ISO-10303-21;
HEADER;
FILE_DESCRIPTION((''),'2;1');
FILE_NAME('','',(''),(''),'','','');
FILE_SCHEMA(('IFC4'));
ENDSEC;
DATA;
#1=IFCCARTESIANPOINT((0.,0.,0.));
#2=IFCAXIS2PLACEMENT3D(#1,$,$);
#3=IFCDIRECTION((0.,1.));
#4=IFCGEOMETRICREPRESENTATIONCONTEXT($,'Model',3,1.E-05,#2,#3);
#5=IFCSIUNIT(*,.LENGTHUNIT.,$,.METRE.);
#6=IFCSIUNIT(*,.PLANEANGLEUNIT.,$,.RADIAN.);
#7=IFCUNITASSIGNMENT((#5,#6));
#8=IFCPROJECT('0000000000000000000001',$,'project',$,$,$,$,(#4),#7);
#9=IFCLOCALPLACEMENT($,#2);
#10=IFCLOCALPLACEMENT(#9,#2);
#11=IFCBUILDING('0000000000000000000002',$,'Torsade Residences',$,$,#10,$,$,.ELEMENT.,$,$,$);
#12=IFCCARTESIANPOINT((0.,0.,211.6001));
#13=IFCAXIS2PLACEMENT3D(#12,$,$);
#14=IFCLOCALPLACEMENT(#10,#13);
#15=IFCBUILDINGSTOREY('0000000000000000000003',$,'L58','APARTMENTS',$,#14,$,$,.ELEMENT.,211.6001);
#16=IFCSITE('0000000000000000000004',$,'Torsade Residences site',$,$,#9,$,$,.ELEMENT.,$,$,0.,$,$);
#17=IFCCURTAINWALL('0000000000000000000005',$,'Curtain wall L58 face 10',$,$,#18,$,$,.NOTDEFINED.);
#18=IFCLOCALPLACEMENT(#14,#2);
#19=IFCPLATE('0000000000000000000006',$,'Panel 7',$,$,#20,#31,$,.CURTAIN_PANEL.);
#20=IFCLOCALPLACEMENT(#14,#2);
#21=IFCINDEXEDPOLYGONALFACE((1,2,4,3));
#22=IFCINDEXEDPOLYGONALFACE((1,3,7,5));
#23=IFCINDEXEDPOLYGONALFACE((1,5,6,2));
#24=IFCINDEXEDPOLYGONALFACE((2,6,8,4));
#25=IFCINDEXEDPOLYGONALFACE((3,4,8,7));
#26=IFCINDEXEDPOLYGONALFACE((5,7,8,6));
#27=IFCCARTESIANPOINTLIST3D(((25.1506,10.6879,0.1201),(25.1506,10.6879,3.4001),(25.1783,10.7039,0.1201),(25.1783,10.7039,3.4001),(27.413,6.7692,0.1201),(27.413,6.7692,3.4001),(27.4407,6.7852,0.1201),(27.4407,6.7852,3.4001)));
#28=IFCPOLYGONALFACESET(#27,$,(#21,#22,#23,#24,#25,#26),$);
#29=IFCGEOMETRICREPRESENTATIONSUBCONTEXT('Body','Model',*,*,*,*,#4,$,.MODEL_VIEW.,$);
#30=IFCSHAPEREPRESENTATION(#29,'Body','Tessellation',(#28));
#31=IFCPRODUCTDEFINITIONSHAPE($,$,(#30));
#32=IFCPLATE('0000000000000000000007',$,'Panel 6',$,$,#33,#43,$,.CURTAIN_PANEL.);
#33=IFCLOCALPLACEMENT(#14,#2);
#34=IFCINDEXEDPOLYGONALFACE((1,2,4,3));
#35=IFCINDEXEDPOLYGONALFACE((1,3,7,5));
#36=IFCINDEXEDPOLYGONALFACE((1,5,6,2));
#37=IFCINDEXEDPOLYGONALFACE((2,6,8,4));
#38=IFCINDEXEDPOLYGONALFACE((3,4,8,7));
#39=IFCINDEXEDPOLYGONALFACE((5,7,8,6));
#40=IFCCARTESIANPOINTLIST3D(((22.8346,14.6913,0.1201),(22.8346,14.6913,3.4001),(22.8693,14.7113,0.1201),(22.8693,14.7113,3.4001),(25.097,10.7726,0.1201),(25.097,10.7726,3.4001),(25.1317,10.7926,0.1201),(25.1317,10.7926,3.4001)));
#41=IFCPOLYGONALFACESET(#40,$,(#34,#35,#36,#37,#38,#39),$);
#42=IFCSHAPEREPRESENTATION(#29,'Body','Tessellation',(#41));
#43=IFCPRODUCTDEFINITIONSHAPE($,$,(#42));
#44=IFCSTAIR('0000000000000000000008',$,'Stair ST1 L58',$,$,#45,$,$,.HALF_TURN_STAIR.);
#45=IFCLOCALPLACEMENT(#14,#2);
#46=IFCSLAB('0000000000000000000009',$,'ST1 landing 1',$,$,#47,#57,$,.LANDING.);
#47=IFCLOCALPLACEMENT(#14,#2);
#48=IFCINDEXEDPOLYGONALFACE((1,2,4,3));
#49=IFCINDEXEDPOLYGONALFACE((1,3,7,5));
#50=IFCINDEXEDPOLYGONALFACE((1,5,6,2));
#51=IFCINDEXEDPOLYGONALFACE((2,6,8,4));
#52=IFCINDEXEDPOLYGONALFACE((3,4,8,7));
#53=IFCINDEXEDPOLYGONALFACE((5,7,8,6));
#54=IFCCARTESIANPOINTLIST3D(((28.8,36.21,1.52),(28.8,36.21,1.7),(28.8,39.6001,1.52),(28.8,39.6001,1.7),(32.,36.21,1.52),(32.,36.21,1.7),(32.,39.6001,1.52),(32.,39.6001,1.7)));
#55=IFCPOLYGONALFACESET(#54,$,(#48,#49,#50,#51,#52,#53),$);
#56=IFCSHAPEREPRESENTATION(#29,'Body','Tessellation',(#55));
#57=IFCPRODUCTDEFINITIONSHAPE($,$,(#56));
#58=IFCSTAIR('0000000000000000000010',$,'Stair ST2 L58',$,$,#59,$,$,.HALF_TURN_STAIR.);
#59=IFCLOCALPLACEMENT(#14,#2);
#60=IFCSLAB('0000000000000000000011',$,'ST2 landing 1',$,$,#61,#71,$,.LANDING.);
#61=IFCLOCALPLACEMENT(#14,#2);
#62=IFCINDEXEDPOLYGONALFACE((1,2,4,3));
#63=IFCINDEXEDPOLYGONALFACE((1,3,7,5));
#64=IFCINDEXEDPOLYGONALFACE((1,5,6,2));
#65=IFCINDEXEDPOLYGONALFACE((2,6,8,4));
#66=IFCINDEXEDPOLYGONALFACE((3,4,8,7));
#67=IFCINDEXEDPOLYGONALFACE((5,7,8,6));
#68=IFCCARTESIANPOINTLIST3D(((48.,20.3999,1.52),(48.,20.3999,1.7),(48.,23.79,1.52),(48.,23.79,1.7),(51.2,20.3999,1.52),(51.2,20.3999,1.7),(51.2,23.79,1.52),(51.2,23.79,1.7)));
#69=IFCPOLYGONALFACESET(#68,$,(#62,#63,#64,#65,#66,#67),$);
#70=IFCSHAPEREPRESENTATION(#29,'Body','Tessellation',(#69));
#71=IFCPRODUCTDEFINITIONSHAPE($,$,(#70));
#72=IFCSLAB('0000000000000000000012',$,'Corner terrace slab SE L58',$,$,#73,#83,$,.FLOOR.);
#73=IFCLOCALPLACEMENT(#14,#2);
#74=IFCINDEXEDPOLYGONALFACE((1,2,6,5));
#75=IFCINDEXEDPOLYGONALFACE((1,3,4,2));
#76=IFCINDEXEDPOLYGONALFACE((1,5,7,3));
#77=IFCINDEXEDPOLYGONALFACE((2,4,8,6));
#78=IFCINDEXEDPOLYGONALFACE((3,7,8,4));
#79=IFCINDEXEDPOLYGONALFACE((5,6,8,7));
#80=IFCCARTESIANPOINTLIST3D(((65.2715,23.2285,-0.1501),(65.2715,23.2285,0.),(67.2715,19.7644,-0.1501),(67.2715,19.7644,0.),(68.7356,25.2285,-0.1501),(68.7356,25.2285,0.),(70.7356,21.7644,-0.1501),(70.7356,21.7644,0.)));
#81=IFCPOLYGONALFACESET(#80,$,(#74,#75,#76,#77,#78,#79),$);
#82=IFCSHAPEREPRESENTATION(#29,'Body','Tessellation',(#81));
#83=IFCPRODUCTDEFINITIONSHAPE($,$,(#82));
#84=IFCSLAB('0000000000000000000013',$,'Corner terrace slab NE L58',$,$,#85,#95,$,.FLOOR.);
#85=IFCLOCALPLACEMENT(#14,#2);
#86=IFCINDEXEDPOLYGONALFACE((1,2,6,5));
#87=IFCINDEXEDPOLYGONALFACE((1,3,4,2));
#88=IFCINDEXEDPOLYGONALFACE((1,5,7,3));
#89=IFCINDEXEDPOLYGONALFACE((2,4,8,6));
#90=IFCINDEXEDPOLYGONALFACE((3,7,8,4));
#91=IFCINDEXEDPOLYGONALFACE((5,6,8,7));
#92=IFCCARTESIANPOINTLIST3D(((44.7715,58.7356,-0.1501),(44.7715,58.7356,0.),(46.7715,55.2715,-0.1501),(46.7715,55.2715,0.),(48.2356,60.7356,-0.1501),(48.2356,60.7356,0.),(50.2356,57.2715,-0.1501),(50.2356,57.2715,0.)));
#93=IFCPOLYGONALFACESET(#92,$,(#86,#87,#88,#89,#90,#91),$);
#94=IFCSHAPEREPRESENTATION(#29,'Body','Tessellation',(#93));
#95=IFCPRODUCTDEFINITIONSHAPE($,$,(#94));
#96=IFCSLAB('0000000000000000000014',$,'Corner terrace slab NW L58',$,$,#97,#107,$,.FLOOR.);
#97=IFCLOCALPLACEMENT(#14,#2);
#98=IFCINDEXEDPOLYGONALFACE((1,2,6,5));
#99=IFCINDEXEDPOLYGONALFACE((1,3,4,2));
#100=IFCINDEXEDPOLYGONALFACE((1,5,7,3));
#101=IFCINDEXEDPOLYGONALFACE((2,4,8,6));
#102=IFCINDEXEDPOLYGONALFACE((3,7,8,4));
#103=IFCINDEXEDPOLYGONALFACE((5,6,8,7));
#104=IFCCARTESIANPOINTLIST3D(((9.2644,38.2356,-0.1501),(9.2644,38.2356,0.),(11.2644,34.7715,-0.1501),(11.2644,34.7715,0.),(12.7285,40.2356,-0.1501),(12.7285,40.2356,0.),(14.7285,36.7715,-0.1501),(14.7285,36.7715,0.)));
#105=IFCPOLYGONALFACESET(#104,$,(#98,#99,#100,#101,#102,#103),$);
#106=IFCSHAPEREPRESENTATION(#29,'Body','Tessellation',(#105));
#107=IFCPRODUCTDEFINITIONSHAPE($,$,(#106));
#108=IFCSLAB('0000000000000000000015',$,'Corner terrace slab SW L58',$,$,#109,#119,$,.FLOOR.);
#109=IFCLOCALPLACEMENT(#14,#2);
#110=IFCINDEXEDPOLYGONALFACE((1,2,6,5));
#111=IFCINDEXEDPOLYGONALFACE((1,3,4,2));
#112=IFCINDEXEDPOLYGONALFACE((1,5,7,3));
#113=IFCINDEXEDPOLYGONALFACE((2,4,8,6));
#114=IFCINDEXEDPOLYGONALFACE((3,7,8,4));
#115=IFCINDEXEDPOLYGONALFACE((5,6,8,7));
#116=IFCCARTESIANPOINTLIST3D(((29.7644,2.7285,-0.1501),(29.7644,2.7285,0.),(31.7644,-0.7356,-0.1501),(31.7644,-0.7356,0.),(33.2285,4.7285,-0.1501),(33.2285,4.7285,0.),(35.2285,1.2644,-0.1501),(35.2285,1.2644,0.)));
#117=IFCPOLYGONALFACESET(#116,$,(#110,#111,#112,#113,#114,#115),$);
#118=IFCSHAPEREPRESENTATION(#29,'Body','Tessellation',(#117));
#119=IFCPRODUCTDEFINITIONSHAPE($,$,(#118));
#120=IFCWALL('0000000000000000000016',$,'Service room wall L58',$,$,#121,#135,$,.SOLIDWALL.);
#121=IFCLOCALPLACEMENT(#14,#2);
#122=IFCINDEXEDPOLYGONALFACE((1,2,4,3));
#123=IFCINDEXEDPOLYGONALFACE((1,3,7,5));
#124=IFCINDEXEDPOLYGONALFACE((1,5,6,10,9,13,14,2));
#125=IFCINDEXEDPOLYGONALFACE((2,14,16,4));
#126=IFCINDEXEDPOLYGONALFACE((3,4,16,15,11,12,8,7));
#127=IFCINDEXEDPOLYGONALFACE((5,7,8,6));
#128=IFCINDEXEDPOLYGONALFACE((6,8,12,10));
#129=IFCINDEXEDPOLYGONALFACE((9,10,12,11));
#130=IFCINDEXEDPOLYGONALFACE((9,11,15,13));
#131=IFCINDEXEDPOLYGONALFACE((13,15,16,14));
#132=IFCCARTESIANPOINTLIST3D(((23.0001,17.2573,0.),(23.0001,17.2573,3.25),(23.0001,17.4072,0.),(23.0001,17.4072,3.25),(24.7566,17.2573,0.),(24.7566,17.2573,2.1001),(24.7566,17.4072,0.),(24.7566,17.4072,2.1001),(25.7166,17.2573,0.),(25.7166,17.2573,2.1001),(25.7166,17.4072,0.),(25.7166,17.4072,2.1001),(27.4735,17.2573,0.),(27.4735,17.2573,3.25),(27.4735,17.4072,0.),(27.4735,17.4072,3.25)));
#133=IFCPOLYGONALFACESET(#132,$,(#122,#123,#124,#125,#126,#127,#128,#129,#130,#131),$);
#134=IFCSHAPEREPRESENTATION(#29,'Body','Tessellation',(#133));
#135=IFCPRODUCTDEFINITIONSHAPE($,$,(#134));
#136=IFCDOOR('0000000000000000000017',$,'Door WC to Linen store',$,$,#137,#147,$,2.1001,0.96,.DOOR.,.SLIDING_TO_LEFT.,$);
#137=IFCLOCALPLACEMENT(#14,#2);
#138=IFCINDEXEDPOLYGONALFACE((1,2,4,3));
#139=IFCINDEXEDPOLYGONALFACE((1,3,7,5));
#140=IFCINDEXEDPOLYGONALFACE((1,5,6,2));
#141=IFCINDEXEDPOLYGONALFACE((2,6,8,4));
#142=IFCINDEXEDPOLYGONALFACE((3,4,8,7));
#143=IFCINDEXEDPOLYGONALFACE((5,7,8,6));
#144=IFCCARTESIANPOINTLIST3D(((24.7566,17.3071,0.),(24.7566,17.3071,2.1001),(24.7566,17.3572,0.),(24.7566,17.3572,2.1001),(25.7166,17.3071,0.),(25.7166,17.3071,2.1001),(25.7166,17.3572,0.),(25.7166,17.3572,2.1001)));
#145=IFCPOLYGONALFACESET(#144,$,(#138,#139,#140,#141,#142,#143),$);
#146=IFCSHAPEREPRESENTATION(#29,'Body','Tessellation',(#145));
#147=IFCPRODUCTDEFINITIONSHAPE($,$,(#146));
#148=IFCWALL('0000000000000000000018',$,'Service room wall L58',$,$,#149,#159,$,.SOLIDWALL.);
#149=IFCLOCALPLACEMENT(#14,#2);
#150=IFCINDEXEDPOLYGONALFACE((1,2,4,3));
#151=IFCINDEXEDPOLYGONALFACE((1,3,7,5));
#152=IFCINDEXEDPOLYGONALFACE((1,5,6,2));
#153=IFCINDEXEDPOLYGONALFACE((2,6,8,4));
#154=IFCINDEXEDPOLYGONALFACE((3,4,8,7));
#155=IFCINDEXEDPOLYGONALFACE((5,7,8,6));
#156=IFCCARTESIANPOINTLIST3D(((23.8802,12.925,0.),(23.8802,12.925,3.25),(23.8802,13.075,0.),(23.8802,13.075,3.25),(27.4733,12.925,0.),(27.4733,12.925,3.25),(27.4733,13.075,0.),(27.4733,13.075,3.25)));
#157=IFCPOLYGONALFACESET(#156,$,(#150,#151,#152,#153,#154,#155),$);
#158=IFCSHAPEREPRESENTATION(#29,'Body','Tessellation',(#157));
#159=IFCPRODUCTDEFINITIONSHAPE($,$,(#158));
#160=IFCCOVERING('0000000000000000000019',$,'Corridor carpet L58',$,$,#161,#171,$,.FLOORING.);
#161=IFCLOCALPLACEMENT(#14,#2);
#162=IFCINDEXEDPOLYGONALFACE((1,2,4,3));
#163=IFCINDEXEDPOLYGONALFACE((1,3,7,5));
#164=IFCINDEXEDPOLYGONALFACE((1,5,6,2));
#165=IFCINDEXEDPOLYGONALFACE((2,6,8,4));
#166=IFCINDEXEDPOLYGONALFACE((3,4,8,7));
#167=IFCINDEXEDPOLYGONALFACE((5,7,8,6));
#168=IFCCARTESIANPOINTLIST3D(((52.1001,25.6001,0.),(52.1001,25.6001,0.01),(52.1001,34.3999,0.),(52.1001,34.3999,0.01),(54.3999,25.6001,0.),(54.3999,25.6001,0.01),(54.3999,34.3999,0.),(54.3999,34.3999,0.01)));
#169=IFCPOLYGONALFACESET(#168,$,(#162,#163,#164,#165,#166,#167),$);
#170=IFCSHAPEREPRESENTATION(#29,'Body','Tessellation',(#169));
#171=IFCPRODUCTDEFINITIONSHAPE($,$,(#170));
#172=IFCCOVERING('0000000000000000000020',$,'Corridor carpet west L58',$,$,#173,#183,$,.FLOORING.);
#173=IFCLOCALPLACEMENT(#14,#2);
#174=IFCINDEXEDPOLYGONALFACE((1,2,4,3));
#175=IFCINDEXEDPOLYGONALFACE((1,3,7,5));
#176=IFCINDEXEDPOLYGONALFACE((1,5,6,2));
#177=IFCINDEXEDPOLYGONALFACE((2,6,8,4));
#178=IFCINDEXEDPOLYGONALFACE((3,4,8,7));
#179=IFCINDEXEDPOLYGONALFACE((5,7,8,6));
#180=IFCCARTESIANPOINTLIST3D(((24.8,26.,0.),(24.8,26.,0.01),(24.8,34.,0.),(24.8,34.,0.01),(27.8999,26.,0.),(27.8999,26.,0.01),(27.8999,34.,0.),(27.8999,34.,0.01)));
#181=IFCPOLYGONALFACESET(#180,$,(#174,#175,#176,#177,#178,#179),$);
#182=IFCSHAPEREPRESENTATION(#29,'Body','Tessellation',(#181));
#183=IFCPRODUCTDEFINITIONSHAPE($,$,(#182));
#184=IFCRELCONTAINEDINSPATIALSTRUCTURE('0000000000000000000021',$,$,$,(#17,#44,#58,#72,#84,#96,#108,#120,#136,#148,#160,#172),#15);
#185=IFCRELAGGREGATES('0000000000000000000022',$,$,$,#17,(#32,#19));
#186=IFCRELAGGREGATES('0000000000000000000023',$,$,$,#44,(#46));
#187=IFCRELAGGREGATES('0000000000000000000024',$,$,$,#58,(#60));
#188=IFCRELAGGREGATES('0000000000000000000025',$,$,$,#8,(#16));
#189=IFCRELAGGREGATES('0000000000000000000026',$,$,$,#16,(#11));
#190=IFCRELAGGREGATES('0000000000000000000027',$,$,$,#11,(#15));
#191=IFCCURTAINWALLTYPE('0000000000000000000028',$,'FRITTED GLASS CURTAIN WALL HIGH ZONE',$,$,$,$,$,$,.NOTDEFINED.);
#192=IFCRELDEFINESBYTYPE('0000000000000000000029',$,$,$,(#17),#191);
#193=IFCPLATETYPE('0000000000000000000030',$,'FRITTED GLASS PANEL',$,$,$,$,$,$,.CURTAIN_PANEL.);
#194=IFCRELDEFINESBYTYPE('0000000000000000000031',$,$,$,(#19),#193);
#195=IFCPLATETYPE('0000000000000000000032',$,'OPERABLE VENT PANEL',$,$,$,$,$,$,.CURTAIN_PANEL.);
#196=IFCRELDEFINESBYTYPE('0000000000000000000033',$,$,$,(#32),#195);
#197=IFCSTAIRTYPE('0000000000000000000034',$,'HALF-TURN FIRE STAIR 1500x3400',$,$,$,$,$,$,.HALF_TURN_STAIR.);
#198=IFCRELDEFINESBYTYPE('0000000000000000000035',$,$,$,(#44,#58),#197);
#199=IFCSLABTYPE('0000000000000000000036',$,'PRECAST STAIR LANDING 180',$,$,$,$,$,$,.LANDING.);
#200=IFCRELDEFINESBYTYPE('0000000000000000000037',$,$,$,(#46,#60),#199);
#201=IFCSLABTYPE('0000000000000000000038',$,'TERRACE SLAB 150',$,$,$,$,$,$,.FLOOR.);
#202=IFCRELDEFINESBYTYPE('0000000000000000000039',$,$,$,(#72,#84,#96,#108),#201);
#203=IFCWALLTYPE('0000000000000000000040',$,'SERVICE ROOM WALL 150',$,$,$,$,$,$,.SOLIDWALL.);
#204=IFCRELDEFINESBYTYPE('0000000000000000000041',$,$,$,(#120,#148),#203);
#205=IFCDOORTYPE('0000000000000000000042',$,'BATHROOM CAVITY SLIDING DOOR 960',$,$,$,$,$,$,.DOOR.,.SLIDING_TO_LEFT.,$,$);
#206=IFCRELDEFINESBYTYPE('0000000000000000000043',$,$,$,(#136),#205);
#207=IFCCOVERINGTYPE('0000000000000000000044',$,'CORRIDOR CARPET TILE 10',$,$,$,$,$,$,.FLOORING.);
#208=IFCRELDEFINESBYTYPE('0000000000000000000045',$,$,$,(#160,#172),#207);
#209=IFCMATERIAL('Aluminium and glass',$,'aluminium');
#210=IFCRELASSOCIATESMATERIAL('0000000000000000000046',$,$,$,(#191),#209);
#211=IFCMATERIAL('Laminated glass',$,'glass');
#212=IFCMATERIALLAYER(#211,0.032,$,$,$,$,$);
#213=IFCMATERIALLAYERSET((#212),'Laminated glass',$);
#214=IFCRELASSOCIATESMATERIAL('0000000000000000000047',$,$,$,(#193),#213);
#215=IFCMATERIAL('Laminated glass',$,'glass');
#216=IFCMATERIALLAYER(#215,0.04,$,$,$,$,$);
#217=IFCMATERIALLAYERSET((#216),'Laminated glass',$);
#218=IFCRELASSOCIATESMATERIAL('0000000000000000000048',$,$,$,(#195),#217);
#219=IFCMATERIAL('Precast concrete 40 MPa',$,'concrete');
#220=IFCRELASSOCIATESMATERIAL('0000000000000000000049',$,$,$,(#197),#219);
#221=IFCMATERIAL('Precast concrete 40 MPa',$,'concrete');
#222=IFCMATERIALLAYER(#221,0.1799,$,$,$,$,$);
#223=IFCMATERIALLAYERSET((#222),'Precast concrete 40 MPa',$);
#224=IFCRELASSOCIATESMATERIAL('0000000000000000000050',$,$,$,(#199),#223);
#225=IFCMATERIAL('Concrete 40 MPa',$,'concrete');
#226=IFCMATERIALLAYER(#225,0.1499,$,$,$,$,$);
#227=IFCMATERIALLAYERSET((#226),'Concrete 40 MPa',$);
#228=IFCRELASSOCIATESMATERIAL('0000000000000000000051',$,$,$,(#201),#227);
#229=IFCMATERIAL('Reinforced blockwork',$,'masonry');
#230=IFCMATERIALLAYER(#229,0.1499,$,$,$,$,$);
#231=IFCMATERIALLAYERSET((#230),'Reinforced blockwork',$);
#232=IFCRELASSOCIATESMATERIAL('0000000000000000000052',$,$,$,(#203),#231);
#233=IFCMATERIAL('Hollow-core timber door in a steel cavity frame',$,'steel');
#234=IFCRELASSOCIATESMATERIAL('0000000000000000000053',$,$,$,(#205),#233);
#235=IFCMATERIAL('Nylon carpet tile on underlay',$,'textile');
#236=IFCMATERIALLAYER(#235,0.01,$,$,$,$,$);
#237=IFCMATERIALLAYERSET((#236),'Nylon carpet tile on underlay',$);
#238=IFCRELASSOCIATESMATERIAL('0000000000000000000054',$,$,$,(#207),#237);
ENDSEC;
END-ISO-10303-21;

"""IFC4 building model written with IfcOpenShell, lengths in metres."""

from ifc_helpers import new_model, si_unit, direction, frame, frame_2d, origin, origin_2d, place, context, subcontext, project, spatial, polyline, rectangle, outline, extrude, material, layer, layer_set, type_object, element, fill, aggregate, save


model = new_model("IFC4")

# Units and contexts
model_context = context("Model", 3, precision=1e-05, world=origin(), true_north=direction((0.0, 1.0)))
body_context = subcontext(model_context, "Body", "Model", "MODEL_VIEW")
ifc_project = project(units=[si_unit("LENGTHUNIT", "METRE"), si_unit("PLANEANGLEUNIT", "RADIAN")], contexts=[model_context])

# Site, building, storey
site_placement = place(None, origin())
site = spatial("IfcSite", under=ifc_project, at=site_placement, Name="Torsade Residences site", CompositionType="ELEMENT", RefElevation=0.0)
building_placement = place(site_placement, origin())
building = spatial("IfcBuilding", under=site, at=building_placement, Name="Torsade Residences", CompositionType="ELEMENT")
storey_placement = place(building_placement, frame((0.0, 0.0, 211.6001)))
storey = spatial("IfcBuildingStorey", under=building, at=storey_placement, Name="L58", Description="APARTMENTS", CompositionType="ELEMENT", Elevation=211.6001)

# Curtain wall
ifc_material_1 = material(Name="Aluminium and glass", Category="aluminium")
curtain_wall_type = type_object("IfcCurtainWallType", Name="FRITTED GLASS CURTAIN WALL HIGH ZONE", PredefinedType="NOTDEFINED", material=ifc_material_1)
curtain_wall_placement = place(storey_placement, origin())
curtain_wall = element("IfcCurtainWall", 1, at=curtain_wall_placement, inside=storey, type_object=curtain_wall_type, Name="Curtain wall L58 face 10", PredefinedType="NOTDEFINED")

# Plates
ifc_material_2 = material(Name="Laminated glass", Category="glass")
ifc_layer_1 = layer(ifc_material_2, 0.032)
ifc_layer_set_1 = layer_set([ifc_layer_1], Name="Laminated glass")
plate_type_1 = type_object("IfcPlateType", Name="FRITTED GLASS PANEL", PredefinedType="CURTAIN_PANEL", material=ifc_layer_set_1)
plate_1_placement = place(storey_placement, frame((26.2957, 8.7366, 0.1201), z_axis=(0.0, 0.0, 1.0), x_axis=(0.5, -0.866025, 0.0)))
plate_1 = element("IfcPlate", 2, at=plate_1_placement, type_object=plate_type_1, Name="Panel 7", PredefinedType="CURTAIN_PANEL", context=body_context, shape_type="SweptSolid", body=[
    extrude(rectangle(XDim=4.5249, YDim=0.032, at=origin_2d()), origin(), (0.0, 0.0, 1.0), 3.28),
])
ifc_material_3 = material(Name="Laminated glass", Category="glass")
ifc_layer_2 = layer(ifc_material_3, 0.04)
ifc_layer_set_2 = layer_set([ifc_layer_2], Name="Laminated glass")
plate_type_2 = type_object("IfcPlateType", Name="OPERABLE VENT PANEL", PredefinedType="CURTAIN_PANEL", material=ifc_layer_set_2)
plate_2_placement = place(storey_placement, frame((23.9832, 12.7419, 0.1201), z_axis=(0.0, 0.0, 1.0), x_axis=(0.5, -0.866025, 0.0)))
plate_2 = element("IfcPlate", 3, at=plate_2_placement, type_object=plate_type_2, Name="Panel 6", PredefinedType="CURTAIN_PANEL", context=body_context, shape_type="SweptSolid", body=[
    extrude(rectangle(XDim=4.5249, YDim=0.04, at=origin_2d()), origin(), (0.0, 0.0, 1.0), 3.28),
])
aggregate(curtain_wall, [plate_2, plate_1])

# Stairs, slabs
ifc_material_4 = material(Name="Precast concrete 40 MPa", Category="concrete")
stair_type = type_object("IfcStairType", Name="HALF-TURN FIRE STAIR 1500x3400", PredefinedType="HALF_TURN_STAIR", material=ifc_material_4)
stair_1_placement = place(storey_placement, origin())
stair_1 = element("IfcStair", 4, at=stair_1_placement, inside=storey, type_object=stair_type, Name="Stair ST1 L58", PredefinedType="HALF_TURN_STAIR")
ifc_material_5 = material(Name="Precast concrete 40 MPa", Category="concrete")
ifc_layer_3 = layer(ifc_material_5, 0.1799)
ifc_layer_set_3 = layer_set([ifc_layer_3], Name="Precast concrete 40 MPa")
slab_type_1 = type_object("IfcSlabType", Name="PRECAST STAIR LANDING 180", PredefinedType="LANDING", material=ifc_layer_set_3)
slab_1_placement = place(storey_placement, frame((0.0, 0.0, 1.52)))
slab_1 = element("IfcSlab", 5, at=slab_1_placement, type_object=slab_type_1, Name="ST1 landing 1", PredefinedType="LANDING", context=body_context, shape_type="SweptSolid", body=[
    extrude(outline(polyline([(28.8, 36.21), (32.0, 36.21), (32.0, 39.6001), (28.8, 39.6001), (28.8, 36.21)])), origin(), (0.0, 0.0, 1.0), 0.1799),
])
aggregate(stair_1, [slab_1])
stair_2_placement = place(storey_placement, origin())
stair_2 = element("IfcStair", 6, at=stair_2_placement, inside=storey, type_object=stair_type, Name="Stair ST2 L58", PredefinedType="HALF_TURN_STAIR")
slab_2_placement = place(storey_placement, frame((0.0, 0.0, 1.52)))
slab_2 = element("IfcSlab", 7, at=slab_2_placement, type_object=slab_type_1, Name="ST2 landing 1", PredefinedType="LANDING", context=body_context, shape_type="SweptSolid", body=[
    extrude(outline(polyline([(48.0, 20.3999), (51.2, 20.3999), (51.2, 23.79), (48.0, 23.79), (48.0, 20.3999)])), origin(), (0.0, 0.0, 1.0), 0.1799),
])
aggregate(stair_2, [slab_2])

# Slabs
ifc_material_6 = material(Name="Concrete 40 MPa", Category="concrete")
ifc_layer_4 = layer(ifc_material_6, 0.1499)
ifc_layer_set_4 = layer_set([ifc_layer_4], Name="Concrete 40 MPa")
slab_type_2 = type_object("IfcSlabType", Name="TERRACE SLAB 150", PredefinedType="FLOOR", material=ifc_layer_set_4)
slab_3_placement = place(storey_placement, frame((0.0, 0.0, -0.1501)))
element("IfcSlab", 8, at=slab_3_placement, inside=storey, type_object=slab_type_2, Name="Corner terrace slab SE L58", PredefinedType="FLOOR", context=body_context, shape_type="SweptSolid", body=[
    extrude(outline(polyline([(67.2715, 19.7644), (70.7356, 21.7644), (68.7356, 25.2285), (65.2715, 23.2285), (67.2715, 19.7644)])), origin(), (0.0, 0.0, 1.0), 0.1501),
])
slab_4_placement = place(storey_placement, frame((0.0, 0.0, -0.1501)))
element("IfcSlab", 9, at=slab_4_placement, inside=storey, type_object=slab_type_2, Name="Corner terrace slab NE L58", PredefinedType="FLOOR", context=body_context, shape_type="SweptSolid", body=[
    extrude(outline(polyline([(46.7715, 55.2715), (50.2356, 57.2715), (48.2356, 60.7356), (44.7715, 58.7356), (46.7715, 55.2715)])), origin(), (0.0, 0.0, 1.0), 0.1501),
])
slab_5_placement = place(storey_placement, frame((0.0, 0.0, -0.1501)))
element("IfcSlab", 10, at=slab_5_placement, inside=storey, type_object=slab_type_2, Name="Corner terrace slab NW L58", PredefinedType="FLOOR", context=body_context, shape_type="SweptSolid", body=[
    extrude(outline(polyline([(11.2644, 34.7715), (14.7285, 36.7715), (12.7285, 40.2356), (9.2644, 38.2356), (11.2644, 34.7715)])), origin(), (0.0, 0.0, 1.0), 0.1501),
])
slab_6_placement = place(storey_placement, frame((0.0, 0.0, -0.1501)))
element("IfcSlab", 11, at=slab_6_placement, inside=storey, type_object=slab_type_2, Name="Corner terrace slab SW L58", PredefinedType="FLOOR", context=body_context, shape_type="SweptSolid", body=[
    extrude(outline(polyline([(31.7644, -0.7356), (35.2285, 1.2644), (33.2285, 4.7285), (29.7644, 2.7285), (31.7644, -0.7356)])), origin(), (0.0, 0.0, 1.0), 0.1501),
])

# Wall, opening, door
ifc_material_7 = material(Name="Reinforced blockwork", Category="masonry")
ifc_layer_5 = layer(ifc_material_7, 0.1499)
ifc_layer_set_5 = layer_set([ifc_layer_5], Name="Reinforced blockwork")
wall_type = type_object("IfcWallType", Name="SERVICE ROOM WALL 150", PredefinedType="SOLIDWALL", material=ifc_layer_set_5)
wall_1_placement = place(storey_placement, frame((23.0, 17.3323, 0.0), z_axis=(0.0, 0.0, 1.0), x_axis=(1.0, 0.0, 0.0)))
wall_1 = element("IfcWall", 12, at=wall_1_placement, inside=storey, type_object=wall_type, Name="Service room wall L58", PredefinedType="SOLIDWALL", context=body_context, shape_type="SweptSolid", body=[
    extrude(rectangle(XDim=4.4734, YDim=0.1499, at=frame_2d((2.2368, 0.0))), origin(), (0.0, 0.0, 1.0), 3.25),
])
opening_placement = place(wall_1_placement, frame((1.7566, 0.0, 0.0)))
opening = element("IfcOpeningElement", 13, at=opening_placement, cuts=wall_1, PredefinedType="OPENING", context=body_context, shape_type="SweptSolid", body=[
    extrude(rectangle(XDim=0.96, YDim=2.1001, at=frame_2d((0.48, 1.05))), frame((0.0, 0.085, 0.0), z_axis=(0.0, -1.0, 0.0), x_axis=(1.0, 0.0, 0.0)), (0.0, 0.0, 1.0), 0.1699),
])
ifc_material_8 = material(Name="Hollow-core timber door in a steel cavity frame", Category="steel")
door_type = type_object("IfcDoorType", Name="BATHROOM CAVITY SLIDING DOOR 960", OperationType="SLIDING_TO_LEFT", PredefinedType="DOOR", material=ifc_material_8)
door_placement = place(opening_placement, origin())
door = element("IfcDoor", 14, at=door_placement, inside=storey, type_object=door_type, Name="Door WC to Linen store", OperationType="SLIDING_TO_LEFT", OverallHeight=2.1001, OverallWidth=0.96, PredefinedType="DOOR", context=body_context, shape_type="SweptSolid", body=[
    extrude(rectangle(XDim=0.96, YDim=2.1001, at=frame_2d((0.48, 1.05))), frame((0.0, 0.0249, 0.0), z_axis=(0.0, -1.0, 0.0), x_axis=(1.0, 0.0, 0.0)), (0.0, 0.0, 1.0), 0.05),
])
fill(opening, door)

# Wall
wall_2_placement = place(storey_placement, frame((23.8804, 13.0, 0.0), z_axis=(0.0, 0.0, 1.0), x_axis=(1.0, 0.0, 0.0)))
element("IfcWall", 15, at=wall_2_placement, inside=storey, type_object=wall_type, Name="Service room wall L58", PredefinedType="SOLIDWALL", context=body_context, shape_type="SweptSolid", body=[
    extrude(rectangle(XDim=3.593, YDim=0.1499, at=frame_2d((1.7964, 0.0))), origin(), (0.0, 0.0, 1.0), 3.25),
])

# Coverings
ifc_material_9 = material(Name="Nylon carpet tile on underlay", Category="textile")
ifc_layer_6 = layer(ifc_material_9, 0.01)
ifc_layer_set_6 = layer_set([ifc_layer_6], Name="Nylon carpet tile on underlay")
covering_type_1 = type_object("IfcCoveringType", Name="CORRIDOR CARPET TILE 10", PredefinedType="FLOORING", material=ifc_layer_set_6)
covering_1_placement = place(storey_placement, origin())
element("IfcCovering", 16, at=covering_1_placement, inside=storey, type_object=covering_type_1, Name="Corridor carpet L58", PredefinedType="FLOORING", context=body_context, shape_type="SweptSolid", body=[
    extrude(outline(polyline([(54.3999, 25.6001), (54.3999, 34.3999), (52.1001, 34.3999), (52.1001, 25.6001), (54.3999, 25.6001)])), origin(), (0.0, 0.0, 1.0), 0.01),
])
covering_2_placement = place(storey_placement, origin())
element("IfcCovering", 17, at=covering_2_placement, inside=storey, type_object=covering_type_1, Name="Corridor carpet west L58", PredefinedType="FLOORING", context=body_context, shape_type="SweptSolid", body=[
    extrude(outline(polyline([(27.8999, 26.0), (27.8999, 34.0), (24.8, 34.0), (24.8, 26.0), (27.8999, 26.0)])), origin(), (0.0, 0.0, 1.0), 0.01),
])

save(model, "model.ifc")
